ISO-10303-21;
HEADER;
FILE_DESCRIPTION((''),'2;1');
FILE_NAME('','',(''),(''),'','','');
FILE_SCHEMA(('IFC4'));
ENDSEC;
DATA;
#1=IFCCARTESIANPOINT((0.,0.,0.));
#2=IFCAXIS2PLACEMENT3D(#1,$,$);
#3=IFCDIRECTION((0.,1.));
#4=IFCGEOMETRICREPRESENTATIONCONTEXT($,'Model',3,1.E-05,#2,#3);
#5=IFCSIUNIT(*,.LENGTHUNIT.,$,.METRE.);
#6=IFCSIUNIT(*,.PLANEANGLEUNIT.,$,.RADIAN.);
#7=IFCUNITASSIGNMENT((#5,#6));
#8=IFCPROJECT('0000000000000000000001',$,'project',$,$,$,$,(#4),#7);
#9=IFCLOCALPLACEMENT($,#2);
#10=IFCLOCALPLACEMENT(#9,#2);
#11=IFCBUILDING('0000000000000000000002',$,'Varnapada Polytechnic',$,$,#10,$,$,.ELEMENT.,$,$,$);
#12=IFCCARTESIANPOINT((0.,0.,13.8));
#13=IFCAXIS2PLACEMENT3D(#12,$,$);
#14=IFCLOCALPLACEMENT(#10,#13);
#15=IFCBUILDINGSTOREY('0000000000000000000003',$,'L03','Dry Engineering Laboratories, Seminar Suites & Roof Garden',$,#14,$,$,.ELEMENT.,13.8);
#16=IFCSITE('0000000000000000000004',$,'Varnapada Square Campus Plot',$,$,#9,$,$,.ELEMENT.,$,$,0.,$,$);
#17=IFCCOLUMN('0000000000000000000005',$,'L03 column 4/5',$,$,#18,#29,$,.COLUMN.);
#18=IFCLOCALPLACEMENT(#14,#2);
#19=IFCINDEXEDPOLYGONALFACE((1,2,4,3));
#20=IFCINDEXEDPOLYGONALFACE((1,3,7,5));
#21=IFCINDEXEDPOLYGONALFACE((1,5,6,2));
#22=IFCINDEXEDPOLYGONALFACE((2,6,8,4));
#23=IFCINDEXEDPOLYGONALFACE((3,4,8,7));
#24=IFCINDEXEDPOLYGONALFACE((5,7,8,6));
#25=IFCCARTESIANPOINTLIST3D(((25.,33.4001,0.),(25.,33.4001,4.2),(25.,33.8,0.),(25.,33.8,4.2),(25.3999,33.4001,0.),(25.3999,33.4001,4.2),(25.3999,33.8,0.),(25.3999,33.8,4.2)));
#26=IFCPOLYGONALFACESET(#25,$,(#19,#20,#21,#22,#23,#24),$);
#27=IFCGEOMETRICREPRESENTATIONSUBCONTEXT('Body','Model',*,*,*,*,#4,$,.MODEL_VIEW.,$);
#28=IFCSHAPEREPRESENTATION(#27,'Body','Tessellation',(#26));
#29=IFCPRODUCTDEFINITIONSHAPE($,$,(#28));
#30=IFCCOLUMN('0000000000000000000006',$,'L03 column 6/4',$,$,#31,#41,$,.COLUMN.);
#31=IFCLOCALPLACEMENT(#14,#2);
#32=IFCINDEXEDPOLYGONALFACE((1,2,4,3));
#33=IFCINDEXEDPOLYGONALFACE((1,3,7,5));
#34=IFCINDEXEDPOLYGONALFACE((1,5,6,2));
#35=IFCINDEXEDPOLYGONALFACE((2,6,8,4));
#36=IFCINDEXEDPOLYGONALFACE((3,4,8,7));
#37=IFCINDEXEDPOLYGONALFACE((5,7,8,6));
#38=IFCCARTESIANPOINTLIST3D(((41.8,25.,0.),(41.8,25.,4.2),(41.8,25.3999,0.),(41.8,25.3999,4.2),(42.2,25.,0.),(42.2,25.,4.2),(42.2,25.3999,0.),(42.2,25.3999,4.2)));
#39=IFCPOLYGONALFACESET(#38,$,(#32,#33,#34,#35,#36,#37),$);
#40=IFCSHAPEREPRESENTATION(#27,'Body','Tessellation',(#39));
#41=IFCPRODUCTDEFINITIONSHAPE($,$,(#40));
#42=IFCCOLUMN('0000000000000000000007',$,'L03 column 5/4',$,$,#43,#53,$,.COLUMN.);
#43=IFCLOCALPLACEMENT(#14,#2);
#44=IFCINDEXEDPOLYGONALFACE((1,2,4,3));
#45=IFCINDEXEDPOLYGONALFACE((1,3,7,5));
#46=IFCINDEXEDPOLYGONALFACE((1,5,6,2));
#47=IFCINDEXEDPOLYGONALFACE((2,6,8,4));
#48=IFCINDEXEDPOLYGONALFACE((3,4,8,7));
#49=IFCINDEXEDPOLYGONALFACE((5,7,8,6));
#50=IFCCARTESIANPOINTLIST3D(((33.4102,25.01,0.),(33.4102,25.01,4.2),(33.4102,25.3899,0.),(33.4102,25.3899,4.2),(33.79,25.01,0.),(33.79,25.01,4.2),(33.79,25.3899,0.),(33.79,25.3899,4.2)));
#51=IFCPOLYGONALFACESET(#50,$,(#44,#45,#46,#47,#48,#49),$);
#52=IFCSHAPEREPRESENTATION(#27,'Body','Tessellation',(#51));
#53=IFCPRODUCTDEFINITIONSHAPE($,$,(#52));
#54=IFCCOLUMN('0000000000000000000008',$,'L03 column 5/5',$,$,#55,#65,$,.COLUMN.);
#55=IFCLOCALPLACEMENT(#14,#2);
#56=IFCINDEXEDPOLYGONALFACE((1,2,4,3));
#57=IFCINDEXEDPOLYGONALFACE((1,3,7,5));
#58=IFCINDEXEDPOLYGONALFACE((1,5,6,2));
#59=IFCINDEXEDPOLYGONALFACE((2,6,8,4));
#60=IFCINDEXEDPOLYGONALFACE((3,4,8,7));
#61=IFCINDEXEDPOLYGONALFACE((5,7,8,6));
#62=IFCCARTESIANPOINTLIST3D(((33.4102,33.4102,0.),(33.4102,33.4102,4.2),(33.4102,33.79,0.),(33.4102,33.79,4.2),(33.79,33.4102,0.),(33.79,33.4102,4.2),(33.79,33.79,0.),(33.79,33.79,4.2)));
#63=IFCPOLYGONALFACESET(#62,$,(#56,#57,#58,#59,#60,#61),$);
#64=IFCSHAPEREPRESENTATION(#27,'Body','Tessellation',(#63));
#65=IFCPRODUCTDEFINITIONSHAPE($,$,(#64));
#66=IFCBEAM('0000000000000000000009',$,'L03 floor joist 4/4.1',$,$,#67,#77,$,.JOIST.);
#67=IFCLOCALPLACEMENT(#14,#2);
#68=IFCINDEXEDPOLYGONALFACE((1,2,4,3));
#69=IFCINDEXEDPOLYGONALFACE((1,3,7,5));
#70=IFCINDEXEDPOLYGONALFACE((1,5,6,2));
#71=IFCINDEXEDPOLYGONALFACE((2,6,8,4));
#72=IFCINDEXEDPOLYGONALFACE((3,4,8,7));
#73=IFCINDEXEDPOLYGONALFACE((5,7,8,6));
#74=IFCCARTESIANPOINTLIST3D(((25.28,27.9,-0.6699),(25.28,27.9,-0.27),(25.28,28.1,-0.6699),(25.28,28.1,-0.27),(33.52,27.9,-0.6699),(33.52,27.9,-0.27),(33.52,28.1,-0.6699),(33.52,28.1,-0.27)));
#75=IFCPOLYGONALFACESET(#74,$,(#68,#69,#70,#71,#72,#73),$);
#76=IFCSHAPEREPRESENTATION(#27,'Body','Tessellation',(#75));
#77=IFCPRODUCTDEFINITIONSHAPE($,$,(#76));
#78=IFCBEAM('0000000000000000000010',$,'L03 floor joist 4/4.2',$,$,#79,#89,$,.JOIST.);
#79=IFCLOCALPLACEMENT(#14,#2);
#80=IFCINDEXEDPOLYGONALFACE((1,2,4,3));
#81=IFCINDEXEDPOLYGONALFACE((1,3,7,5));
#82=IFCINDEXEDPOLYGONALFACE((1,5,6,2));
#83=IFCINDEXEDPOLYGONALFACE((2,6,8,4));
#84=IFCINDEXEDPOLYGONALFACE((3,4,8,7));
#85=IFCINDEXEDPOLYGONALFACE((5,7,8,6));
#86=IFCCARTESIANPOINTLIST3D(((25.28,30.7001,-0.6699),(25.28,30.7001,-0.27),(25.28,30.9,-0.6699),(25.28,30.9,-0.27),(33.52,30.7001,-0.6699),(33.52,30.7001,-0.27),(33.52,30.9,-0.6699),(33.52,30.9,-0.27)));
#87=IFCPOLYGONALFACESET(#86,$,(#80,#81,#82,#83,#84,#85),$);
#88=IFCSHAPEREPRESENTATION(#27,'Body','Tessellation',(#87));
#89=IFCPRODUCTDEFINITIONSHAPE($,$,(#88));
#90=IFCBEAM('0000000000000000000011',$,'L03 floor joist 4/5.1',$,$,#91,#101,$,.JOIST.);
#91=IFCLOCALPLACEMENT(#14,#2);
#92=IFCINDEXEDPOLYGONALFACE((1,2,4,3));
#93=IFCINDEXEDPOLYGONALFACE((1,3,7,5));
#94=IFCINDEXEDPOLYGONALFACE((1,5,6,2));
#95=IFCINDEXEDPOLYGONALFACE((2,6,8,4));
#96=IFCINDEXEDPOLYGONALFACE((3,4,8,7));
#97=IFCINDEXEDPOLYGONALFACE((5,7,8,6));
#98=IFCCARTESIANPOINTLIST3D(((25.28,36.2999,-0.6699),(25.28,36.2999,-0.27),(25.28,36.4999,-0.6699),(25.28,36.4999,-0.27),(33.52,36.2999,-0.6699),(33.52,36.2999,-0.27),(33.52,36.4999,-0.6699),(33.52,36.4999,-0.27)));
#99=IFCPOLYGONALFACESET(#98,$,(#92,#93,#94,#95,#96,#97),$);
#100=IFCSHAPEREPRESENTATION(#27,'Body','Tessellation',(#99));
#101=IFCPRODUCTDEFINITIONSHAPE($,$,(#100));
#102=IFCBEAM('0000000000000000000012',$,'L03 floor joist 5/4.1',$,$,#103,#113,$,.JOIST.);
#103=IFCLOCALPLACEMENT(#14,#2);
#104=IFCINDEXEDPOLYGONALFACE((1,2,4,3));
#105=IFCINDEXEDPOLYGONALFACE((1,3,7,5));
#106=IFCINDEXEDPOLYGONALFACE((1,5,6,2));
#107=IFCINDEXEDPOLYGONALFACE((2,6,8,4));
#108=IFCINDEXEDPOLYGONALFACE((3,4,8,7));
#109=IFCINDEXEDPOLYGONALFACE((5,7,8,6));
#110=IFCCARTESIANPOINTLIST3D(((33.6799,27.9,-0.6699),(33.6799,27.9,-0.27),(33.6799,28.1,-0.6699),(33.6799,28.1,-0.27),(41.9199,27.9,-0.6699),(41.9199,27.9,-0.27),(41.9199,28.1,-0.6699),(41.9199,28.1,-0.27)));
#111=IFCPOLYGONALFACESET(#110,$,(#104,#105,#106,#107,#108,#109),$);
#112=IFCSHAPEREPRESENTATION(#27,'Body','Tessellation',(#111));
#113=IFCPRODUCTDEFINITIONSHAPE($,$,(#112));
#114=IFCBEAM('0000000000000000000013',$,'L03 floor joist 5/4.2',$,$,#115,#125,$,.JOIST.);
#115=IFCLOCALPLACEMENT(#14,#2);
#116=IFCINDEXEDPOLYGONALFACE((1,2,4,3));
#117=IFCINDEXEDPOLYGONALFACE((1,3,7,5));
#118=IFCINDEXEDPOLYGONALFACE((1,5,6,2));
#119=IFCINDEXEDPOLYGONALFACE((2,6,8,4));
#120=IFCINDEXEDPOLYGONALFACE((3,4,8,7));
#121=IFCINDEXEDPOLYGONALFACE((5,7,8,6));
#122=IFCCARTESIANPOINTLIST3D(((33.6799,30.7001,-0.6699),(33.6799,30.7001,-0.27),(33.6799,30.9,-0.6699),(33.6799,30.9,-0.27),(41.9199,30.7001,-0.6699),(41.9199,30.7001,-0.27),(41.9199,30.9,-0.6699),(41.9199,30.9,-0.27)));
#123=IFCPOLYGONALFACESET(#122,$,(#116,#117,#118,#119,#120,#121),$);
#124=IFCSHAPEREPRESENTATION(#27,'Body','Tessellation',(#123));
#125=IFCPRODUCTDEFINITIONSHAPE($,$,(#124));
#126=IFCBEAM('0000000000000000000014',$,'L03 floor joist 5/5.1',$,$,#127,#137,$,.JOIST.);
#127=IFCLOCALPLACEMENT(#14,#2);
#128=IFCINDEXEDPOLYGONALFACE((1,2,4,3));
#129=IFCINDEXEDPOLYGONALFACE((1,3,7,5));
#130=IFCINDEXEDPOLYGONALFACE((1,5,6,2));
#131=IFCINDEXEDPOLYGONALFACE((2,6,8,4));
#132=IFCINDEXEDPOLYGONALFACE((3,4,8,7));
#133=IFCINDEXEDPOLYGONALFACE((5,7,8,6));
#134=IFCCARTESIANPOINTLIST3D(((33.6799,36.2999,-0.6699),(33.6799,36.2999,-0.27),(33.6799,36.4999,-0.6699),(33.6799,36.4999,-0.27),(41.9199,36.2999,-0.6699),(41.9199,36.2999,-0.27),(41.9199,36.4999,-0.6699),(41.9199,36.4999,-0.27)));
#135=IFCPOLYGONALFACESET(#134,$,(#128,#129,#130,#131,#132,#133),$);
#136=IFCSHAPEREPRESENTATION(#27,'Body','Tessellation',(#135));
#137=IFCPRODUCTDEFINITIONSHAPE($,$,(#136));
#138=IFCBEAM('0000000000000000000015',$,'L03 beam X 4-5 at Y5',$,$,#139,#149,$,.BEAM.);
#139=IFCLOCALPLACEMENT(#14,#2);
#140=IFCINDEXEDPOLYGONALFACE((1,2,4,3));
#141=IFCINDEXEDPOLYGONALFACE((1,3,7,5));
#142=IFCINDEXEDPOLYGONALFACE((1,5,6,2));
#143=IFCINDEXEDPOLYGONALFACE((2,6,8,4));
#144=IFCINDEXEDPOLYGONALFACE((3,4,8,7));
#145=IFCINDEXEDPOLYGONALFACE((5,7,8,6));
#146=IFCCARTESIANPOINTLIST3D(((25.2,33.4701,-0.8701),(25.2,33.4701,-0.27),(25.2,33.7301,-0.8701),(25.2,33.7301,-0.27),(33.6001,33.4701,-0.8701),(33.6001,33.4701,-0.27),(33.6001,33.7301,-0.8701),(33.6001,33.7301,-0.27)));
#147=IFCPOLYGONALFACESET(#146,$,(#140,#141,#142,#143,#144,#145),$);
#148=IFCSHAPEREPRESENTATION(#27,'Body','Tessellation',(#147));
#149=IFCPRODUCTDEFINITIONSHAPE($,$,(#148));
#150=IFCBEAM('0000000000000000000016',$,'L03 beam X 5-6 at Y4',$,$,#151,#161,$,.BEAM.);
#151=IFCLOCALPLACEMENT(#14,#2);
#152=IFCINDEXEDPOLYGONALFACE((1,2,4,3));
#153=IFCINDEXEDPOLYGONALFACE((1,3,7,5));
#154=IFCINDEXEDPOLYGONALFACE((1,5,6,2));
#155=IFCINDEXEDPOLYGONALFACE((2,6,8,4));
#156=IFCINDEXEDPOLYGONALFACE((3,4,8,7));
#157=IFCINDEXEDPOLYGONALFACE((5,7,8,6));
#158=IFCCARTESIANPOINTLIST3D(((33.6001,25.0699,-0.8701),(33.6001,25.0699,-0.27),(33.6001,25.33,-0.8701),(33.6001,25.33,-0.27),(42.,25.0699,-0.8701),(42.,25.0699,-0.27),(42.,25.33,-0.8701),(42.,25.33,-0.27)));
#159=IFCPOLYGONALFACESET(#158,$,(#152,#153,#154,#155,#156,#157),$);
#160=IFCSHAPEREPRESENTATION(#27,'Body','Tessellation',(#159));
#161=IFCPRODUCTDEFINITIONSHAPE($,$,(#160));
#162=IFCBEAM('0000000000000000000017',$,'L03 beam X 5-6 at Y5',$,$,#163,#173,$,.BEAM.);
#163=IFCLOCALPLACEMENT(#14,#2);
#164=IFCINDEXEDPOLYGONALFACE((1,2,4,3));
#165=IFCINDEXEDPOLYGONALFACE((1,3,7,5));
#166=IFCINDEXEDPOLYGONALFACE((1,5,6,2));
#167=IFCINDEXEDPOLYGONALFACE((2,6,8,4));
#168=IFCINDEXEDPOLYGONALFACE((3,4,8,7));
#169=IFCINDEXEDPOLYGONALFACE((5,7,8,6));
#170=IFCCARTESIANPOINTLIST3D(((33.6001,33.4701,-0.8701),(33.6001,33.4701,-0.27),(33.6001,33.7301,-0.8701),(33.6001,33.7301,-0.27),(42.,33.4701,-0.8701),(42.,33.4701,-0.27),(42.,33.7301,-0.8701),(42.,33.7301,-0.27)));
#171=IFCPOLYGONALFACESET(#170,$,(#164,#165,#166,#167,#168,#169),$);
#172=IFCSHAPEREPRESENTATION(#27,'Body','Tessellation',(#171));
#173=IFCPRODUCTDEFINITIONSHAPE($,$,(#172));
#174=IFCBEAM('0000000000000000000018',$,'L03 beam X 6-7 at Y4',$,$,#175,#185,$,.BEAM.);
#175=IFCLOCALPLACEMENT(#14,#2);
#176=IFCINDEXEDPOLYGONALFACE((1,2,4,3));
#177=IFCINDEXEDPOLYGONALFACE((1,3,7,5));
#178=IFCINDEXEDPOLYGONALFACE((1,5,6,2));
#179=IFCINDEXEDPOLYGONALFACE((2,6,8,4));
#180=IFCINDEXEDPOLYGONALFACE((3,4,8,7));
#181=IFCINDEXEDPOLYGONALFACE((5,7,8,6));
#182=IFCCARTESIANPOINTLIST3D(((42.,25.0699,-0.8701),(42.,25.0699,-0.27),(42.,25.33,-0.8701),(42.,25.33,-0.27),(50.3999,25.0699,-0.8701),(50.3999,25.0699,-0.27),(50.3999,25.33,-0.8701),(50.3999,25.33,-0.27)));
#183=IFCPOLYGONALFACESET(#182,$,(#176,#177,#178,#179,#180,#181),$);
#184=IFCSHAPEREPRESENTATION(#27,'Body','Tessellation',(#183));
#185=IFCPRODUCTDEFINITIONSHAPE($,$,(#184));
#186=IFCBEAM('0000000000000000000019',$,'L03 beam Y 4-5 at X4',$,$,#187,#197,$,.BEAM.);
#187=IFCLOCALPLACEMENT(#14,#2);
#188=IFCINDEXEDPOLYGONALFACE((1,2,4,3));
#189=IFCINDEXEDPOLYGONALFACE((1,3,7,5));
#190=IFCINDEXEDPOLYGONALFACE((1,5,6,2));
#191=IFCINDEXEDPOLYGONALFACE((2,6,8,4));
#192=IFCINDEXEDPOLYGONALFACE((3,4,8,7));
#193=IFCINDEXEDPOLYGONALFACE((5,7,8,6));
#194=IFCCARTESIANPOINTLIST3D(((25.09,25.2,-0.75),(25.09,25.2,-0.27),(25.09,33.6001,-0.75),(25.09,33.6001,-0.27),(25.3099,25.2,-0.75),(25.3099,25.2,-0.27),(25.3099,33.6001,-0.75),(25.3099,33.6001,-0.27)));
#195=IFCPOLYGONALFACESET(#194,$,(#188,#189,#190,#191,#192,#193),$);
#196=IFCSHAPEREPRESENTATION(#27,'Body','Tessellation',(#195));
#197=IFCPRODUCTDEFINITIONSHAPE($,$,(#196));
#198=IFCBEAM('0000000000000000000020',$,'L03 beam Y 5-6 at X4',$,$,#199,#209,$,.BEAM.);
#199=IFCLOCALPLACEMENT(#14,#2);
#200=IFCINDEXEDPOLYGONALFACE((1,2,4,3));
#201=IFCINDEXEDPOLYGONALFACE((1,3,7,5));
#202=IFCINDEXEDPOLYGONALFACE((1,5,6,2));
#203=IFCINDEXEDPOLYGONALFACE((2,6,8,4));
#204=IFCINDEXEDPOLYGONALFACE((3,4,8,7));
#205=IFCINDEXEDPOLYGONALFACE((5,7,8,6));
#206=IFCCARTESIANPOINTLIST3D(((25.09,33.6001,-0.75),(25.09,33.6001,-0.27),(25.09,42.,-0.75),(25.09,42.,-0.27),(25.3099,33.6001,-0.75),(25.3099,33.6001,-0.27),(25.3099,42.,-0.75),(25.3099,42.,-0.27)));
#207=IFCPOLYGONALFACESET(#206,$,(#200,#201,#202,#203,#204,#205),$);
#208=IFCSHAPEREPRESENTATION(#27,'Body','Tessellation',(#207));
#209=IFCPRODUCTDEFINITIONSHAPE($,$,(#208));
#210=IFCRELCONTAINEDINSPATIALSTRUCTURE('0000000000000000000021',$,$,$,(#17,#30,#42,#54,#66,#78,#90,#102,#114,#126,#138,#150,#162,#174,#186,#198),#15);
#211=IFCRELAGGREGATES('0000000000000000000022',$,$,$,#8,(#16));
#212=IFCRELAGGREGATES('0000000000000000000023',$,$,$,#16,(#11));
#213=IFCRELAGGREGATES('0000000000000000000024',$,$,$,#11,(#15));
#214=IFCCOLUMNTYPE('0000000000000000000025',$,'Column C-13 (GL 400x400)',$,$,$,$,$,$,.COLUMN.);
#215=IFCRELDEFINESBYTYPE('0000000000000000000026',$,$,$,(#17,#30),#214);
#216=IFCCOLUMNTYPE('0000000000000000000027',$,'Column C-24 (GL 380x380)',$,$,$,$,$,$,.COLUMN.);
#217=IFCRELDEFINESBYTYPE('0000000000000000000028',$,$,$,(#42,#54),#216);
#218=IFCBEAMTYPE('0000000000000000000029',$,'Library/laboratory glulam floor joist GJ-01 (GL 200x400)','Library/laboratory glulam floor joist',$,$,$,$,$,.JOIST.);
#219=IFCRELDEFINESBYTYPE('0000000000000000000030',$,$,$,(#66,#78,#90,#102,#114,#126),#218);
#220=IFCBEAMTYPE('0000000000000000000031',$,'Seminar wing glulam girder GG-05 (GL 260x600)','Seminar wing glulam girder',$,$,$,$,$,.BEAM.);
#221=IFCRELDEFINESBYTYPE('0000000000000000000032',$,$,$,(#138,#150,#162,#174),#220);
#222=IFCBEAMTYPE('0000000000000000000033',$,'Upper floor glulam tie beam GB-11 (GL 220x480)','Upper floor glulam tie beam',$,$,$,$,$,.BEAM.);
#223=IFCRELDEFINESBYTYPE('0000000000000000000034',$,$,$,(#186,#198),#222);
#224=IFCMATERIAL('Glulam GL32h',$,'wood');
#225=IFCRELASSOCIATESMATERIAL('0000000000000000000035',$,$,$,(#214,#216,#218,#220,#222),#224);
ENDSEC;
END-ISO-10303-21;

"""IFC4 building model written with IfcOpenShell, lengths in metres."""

from ifc_helpers import new_model, si_unit, direction, frame, origin, origin_2d, place, context, subcontext, project, spatial, rectangle, extrude, material, material_profile, profile_set, type_object, element, save


model = new_model("IFC4")

# Units and contexts
model_context = context("Model", 3, precision=1e-05, world=origin(), true_north=direction((0.0, 1.0)))
body_context = subcontext(model_context, "Body", "Model", "MODEL_VIEW")
ifc_project = project(units=[si_unit("LENGTHUNIT", "METRE"), si_unit("PLANEANGLEUNIT", "RADIAN")], contexts=[model_context])

# Site, building, storey
site_placement = place(None, origin())
site = spatial("IfcSite", under=ifc_project, at=site_placement, Name="Varnapada Square Campus Plot", CompositionType="ELEMENT", RefElevation=0.0)
building_placement = place(site_placement, origin())
building = spatial("IfcBuilding", under=site, at=building_placement, Name="Varnapada Polytechnic", CompositionType="ELEMENT")
storey_placement = place(building_placement, frame((0.0, 0.0, 13.8)))
storey = spatial("IfcBuildingStorey", under=building, at=storey_placement, Name="L03", Description="Dry Engineering Laboratories, Seminar Suites & Roof Garden", CompositionType="ELEMENT", Elevation=13.8)

# Columns
ifc_material_1 = material(Name="Glulam GL32h", Category="wood")
ifc_material_profile_1 = material_profile(ifc_material_1, rectangle(XDim=0.3999, YDim=0.3999, at=origin_2d()), Name="GL 400x400")
ifc_profile_set_1 = profile_set([ifc_material_profile_1], Name="Glulam GL32h")
column_type_1 = type_object("IfcColumnType", Name="Column C-13 (GL 400x400)", PredefinedType="COLUMN", material=ifc_profile_set_1)
for number, where, z_axis, x_axis, name in (
    (1, (25.2, 33.6001, 0.0), (0.0, 0.0, 1.0), (1.0, 0.0, 0.0), "L03 column 4/5"),
    (2, (42.0, 25.2, 0.0), (0.0, 0.0, 1.0), (1.0, 0.0, 0.0), "L03 column 6/4"),
):
    element("IfcColumn", number, at=place(storey_placement, frame(where, z_axis=z_axis, x_axis=x_axis)), inside=storey, type_object=column_type_1, Name=name, PredefinedType="COLUMN", context=body_context, shape_type="SweptSolid", body=[
        extrude(rectangle(XDim=0.3999, YDim=0.3999, at=origin_2d()), origin(), (0.0, 0.0, 1.0), 4.2),
    ])
ifc_material_profile_2 = material_profile(ifc_material_1, rectangle(XDim=0.3799, YDim=0.3799, at=origin_2d()), Name="GL 380x380")
ifc_profile_set_2 = profile_set([ifc_material_profile_2], Name="Glulam GL32h")
column_type_2 = type_object("IfcColumnType", Name="Column C-24 (GL 380x380)", PredefinedType="COLUMN", material=ifc_profile_set_2)
for number, where, z_axis, x_axis, name in (
    (3, (33.6001, 25.2, 0.0), (0.0, 0.0, 1.0), (1.0, 0.0, 0.0), "L03 column 5/4"),
    (4, (33.6001, 33.6001, 0.0), (0.0, 0.0, 1.0), (1.0, 0.0, 0.0), "L03 column 5/5"),
):
    element("IfcColumn", number, at=place(storey_placement, frame(where, z_axis=z_axis, x_axis=x_axis)), inside=storey, type_object=column_type_2, Name=name, PredefinedType="COLUMN", context=body_context, shape_type="SweptSolid", body=[
        extrude(rectangle(XDim=0.3799, YDim=0.3799, at=origin_2d()), origin(), (0.0, 0.0, 1.0), 4.2),
    ])

# Beams
ifc_material_profile_3 = material_profile(ifc_material_1, rectangle(XDim=0.2, YDim=0.3999, at=origin_2d()), Name="GL 200x400")
ifc_profile_set_3 = profile_set([ifc_material_profile_3], Name="Glulam GL32h")
beam_type_1 = type_object("IfcBeamType", Name="Library/laboratory glulam floor joist GJ-01 (GL 200x400)", Description="Library/laboratory glulam floor joist", PredefinedType="JOIST", material=ifc_profile_set_3)
for number, where, z_axis, x_axis, name in (
    (5, (25.28, 28.0, -0.47), (1.0, 0.0, 0.0), (0.0, 1.0, 0.0), "L03 floor joist 4/4.1"),
    (6, (25.28, 30.8, -0.47), (1.0, 0.0, 0.0), (0.0, 1.0, 0.0), "L03 floor joist 4/4.2"),
    (7, (25.28, 36.3999, -0.47), (1.0, 0.0, 0.0), (0.0, 1.0, 0.0), "L03 floor joist 4/5.1"),
    (8, (33.6799, 28.0, -0.47), (1.0, 0.0, 0.0), (0.0, 1.0, 0.0), "L03 floor joist 5/4.1"),
    (9, (33.6799, 30.8, -0.47), (1.0, 0.0, 0.0), (0.0, 1.0, 0.0), "L03 floor joist 5/4.2"),
    (10, (33.6799, 36.3999, -0.47), (1.0, 0.0, 0.0), (0.0, 1.0, 0.0), "L03 floor joist 5/5.1"),
):
    element("IfcBeam", number, at=place(storey_placement, frame(where, z_axis=z_axis, x_axis=x_axis)), inside=storey, type_object=beam_type_1, Name=name, PredefinedType="JOIST", context=body_context, shape_type="SweptSolid", body=[
        extrude(rectangle(XDim=0.2, YDim=0.3999, at=origin_2d()), origin(), (0.0, 0.0, 1.0), 8.24),
    ])
ifc_material_profile_4 = material_profile(ifc_material_1, rectangle(XDim=0.26, YDim=0.6001, at=origin_2d()), Name="GL 260x600")
ifc_profile_set_4 = profile_set([ifc_material_profile_4], Name="Glulam GL32h")
beam_type_2 = type_object("IfcBeamType", Name="Seminar wing glulam girder GG-05 (GL 260x600)", Description="Seminar wing glulam girder", PredefinedType="BEAM", material=ifc_profile_set_4)
beam_1_placement = place(storey_placement, frame((25.2, 33.6001, -0.5701), z_axis=(1.0, 0.0, 0.0), x_axis=(0.0, 1.0, 0.0)))
element("IfcBeam", 11, at=beam_1_placement, inside=storey, type_object=beam_type_2, Name="L03 beam X 4-5 at Y5", PredefinedType="BEAM", context=body_context, shape_type="SweptSolid", body=[
    extrude(rectangle(XDim=0.26, YDim=0.6001, at=origin_2d()), origin(), (0.0, 0.0, 1.0), 8.4001),
])
for number, where, z_axis, x_axis, name in (
    (12, (33.6001, 25.2, -0.5701), (1.0, 0.0, 0.0), (0.0, 1.0, 0.0), "L03 beam X 5-6 at Y4"),
    (13, (33.6001, 33.6001, -0.5701), (1.0, 0.0, 0.0), (0.0, 1.0, 0.0), "L03 beam X 5-6 at Y5"),
    (14, (42.0, 25.2, -0.5701), (1.0, 0.0, 0.0), (0.0, 1.0, 0.0), "L03 beam X 6-7 at Y4"),
):
    element("IfcBeam", number, at=place(storey_placement, frame(where, z_axis=z_axis, x_axis=x_axis)), inside=storey, type_object=beam_type_2, Name=name, PredefinedType="BEAM", context=body_context, shape_type="SweptSolid", body=[
        extrude(rectangle(XDim=0.26, YDim=0.6001, at=origin_2d()), origin(), (0.0, 0.0, 1.0), 8.3999),
    ])
ifc_material_profile_5 = material_profile(ifc_material_1, rectangle(XDim=0.22, YDim=0.48, at=origin_2d()), Name="GL 220x480")
ifc_profile_set_5 = profile_set([ifc_material_profile_5], Name="Glulam GL32h")
beam_type_3 = type_object("IfcBeamType", Name="Upper floor glulam tie beam GB-11 (GL 220x480)", Description="Upper floor glulam tie beam", PredefinedType="BEAM", material=ifc_profile_set_5)
beam_2_placement = place(storey_placement, frame((25.2, 25.2, -0.51), z_axis=(0.0, 1.0, 0.0), x_axis=(-1.0, 0.0, 0.0)))
element("IfcBeam", 15, at=beam_2_placement, inside=storey, type_object=beam_type_3, Name="L03 beam Y 4-5 at X4", PredefinedType="BEAM", context=body_context, shape_type="SweptSolid", body=[
    extrude(rectangle(XDim=0.22, YDim=0.48, at=origin_2d()), origin(), (0.0, 0.0, 1.0), 8.4001),
])
beam_3_placement = place(storey_placement, frame((25.2, 33.6001, -0.51), z_axis=(0.0, 1.0, 0.0), x_axis=(-1.0, 0.0, 0.0)))
element("IfcBeam", 16, at=beam_3_placement, inside=storey, type_object=beam_type_3, Name="L03 beam Y 5-6 at X4", PredefinedType="BEAM", context=body_context, shape_type="SweptSolid", body=[
    extrude(rectangle(XDim=0.22, YDim=0.48, at=origin_2d()), origin(), (0.0, 0.0, 1.0), 8.3999),
])

save(model, "model.ifc")
